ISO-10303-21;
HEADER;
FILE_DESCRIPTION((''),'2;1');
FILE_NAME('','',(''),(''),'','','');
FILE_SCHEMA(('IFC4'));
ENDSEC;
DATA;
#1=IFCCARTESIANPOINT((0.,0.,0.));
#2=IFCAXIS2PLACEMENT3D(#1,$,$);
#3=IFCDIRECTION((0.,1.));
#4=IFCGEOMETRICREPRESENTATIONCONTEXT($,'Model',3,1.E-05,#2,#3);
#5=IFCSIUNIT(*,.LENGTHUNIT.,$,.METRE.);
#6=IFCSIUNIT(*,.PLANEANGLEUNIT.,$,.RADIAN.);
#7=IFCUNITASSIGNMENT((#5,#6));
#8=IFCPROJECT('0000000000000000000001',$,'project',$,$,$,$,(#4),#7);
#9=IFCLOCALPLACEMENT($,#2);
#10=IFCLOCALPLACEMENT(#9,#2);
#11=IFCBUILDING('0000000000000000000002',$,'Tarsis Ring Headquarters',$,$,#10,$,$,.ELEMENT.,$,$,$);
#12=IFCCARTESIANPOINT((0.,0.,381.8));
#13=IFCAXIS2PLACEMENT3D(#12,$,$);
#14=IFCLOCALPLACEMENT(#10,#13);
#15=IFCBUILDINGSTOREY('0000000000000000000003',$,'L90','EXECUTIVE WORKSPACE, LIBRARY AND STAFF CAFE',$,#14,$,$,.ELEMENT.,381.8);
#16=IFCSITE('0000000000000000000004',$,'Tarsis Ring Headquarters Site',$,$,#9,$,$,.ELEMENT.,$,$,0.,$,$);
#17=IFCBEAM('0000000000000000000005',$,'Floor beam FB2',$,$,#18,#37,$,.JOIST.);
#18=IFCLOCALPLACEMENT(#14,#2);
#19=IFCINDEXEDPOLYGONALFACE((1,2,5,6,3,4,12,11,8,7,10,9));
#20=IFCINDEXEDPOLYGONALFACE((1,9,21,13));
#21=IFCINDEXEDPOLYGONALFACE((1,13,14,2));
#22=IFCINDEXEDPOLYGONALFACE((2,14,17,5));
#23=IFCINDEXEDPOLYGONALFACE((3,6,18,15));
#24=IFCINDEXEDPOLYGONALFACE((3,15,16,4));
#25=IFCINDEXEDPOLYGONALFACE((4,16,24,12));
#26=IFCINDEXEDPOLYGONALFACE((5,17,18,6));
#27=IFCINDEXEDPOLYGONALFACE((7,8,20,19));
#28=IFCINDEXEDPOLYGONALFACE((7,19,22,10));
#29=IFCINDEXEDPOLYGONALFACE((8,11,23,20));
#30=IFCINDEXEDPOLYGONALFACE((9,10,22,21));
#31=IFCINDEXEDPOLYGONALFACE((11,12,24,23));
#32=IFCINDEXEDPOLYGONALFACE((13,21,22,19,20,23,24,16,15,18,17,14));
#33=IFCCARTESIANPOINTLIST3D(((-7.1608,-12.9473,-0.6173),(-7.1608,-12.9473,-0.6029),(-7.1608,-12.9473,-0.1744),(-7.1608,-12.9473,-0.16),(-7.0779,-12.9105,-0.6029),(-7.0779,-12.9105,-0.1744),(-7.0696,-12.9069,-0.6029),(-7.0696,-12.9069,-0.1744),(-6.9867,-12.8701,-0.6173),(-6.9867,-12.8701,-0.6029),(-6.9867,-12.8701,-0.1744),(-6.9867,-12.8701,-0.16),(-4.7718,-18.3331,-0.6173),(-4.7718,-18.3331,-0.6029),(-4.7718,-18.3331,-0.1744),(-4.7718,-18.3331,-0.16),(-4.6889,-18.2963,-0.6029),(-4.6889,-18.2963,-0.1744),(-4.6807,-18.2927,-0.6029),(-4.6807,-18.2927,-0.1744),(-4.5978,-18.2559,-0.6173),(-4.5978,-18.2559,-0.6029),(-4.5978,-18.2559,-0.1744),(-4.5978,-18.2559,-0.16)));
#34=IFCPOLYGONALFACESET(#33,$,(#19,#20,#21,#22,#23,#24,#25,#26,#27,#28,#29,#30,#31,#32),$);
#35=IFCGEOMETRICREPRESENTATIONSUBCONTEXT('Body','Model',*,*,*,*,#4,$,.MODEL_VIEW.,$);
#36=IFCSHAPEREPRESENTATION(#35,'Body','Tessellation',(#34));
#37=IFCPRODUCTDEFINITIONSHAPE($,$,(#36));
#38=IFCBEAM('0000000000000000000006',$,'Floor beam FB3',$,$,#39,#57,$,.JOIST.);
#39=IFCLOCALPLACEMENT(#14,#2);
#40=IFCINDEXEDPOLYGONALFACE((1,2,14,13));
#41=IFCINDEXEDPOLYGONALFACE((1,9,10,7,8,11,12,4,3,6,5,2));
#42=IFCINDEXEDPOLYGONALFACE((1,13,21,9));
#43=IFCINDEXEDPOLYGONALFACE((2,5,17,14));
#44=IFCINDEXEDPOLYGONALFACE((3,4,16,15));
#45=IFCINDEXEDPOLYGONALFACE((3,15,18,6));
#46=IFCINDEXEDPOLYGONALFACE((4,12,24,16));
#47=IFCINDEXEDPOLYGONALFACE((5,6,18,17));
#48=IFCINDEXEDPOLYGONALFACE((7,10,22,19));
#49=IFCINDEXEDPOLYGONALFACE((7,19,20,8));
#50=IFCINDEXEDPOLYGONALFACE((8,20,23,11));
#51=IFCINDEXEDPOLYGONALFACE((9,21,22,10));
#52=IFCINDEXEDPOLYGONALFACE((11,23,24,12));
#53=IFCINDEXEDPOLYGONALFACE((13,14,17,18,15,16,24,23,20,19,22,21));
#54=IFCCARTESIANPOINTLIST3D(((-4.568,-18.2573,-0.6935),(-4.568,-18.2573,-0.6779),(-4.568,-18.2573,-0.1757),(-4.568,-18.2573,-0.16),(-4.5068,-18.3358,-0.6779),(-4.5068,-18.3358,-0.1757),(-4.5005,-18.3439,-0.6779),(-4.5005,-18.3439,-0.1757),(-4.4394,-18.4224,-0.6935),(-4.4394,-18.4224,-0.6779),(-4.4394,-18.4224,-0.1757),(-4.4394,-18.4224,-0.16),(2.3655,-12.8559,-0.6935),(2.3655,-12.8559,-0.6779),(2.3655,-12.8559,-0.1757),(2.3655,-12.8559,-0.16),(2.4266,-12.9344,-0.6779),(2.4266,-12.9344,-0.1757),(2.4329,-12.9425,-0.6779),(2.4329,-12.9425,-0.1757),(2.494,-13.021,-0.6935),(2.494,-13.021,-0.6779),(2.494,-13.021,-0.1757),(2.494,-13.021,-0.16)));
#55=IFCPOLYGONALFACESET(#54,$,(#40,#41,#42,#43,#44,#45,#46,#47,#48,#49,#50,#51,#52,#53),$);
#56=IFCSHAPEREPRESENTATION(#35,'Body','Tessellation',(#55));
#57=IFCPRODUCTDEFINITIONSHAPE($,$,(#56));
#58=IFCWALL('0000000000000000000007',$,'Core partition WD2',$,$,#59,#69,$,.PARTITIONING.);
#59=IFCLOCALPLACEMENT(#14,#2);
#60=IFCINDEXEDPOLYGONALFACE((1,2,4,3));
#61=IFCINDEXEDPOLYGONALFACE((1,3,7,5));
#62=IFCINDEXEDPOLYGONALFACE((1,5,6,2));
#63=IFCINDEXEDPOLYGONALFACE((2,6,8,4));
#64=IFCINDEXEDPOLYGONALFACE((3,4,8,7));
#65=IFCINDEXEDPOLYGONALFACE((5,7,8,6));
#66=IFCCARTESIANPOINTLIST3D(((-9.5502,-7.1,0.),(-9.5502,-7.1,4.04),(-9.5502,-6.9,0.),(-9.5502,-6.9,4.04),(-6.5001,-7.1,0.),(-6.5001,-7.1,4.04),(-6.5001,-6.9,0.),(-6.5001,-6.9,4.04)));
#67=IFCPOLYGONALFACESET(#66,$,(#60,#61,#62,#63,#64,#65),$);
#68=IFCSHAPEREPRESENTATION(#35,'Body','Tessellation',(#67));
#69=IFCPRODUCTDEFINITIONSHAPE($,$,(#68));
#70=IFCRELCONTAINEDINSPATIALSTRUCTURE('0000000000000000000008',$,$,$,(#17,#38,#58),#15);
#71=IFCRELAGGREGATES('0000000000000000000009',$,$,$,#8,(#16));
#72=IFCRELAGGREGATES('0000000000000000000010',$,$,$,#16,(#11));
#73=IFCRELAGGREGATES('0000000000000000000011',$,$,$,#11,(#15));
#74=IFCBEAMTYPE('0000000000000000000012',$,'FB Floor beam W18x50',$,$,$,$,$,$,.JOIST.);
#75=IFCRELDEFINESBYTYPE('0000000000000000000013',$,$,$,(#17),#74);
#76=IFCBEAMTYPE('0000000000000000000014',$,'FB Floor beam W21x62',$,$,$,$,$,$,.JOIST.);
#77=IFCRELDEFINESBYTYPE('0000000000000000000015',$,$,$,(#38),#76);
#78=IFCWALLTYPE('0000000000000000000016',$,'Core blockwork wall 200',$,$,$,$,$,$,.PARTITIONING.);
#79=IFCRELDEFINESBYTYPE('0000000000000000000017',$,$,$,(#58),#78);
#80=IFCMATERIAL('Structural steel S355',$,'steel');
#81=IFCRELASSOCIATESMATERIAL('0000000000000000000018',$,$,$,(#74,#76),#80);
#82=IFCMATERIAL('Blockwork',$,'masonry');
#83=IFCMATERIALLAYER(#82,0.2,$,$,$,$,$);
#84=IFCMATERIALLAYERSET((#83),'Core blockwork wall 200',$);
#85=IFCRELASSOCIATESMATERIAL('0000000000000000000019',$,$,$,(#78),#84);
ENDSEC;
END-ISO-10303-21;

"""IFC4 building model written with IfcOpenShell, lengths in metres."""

from ifc_helpers import new_model, si_unit, direction, frame, frame_2d, origin, origin_2d, place, context, subcontext, project, spatial, rectangle, i_section, extrude, material, layer, layer_set, material_profile, profile_set, type_object, element, save


model = new_model("IFC4")

# Units and contexts
model_context = context("Model", 3, precision=1e-05, world=origin(), true_north=direction((0.0, 1.0)))
body_context = subcontext(model_context, "Body", "Model", "MODEL_VIEW")
ifc_project = project(units=[si_unit("LENGTHUNIT", "METRE"), si_unit("PLANEANGLEUNIT", "RADIAN")], contexts=[model_context])

# Site, building, storey
site_placement = place(None, origin())
site = spatial("IfcSite", under=ifc_project, at=site_placement, Name="Tarsis Ring Headquarters Site", CompositionType="ELEMENT", RefElevation=0.0)
building_placement = place(site_placement, origin())
building = spatial("IfcBuilding", under=site, at=building_placement, Name="Tarsis Ring Headquarters", CompositionType="ELEMENT")
storey_placement = place(building_placement, frame((0.0, 0.0, 381.8)))
storey = spatial("IfcBuildingStorey", under=building, at=storey_placement, Name="L90", Description="EXECUTIVE WORKSPACE, LIBRARY AND STAFF CAFE", CompositionType="ELEMENT", Elevation=381.8)

# Beams
ifc_material_1 = material(Name="Structural steel S355", Category="steel")
ifc_material_profile_1 = material_profile(ifc_material_1, i_section(OverallWidth=0.1904, OverallDepth=0.4573, WebThickness=0.009, FlangeThickness=0.0144, at=origin_2d()), Name="W18x50")
ifc_profile_set_1 = profile_set([ifc_material_profile_1], Name="Structural steel S355")
beam_type_1 = type_object("IfcBeamType", Name="FB Floor beam W18x50", PredefinedType="JOIST", material=ifc_profile_set_1)
beam_1_placement = place(storey_placement, frame((-7.0737, -12.9087, -0.3887), z_axis=(0.405466, -0.91411, 0.0), x_axis=(0.91411, 0.405466, 0.0)))
element("IfcBeam", 1, at=beam_1_placement, inside=storey, type_object=beam_type_1, Name="Floor beam FB2", PredefinedType="JOIST", context=body_context, shape_type="SweptSolid", body=[
    extrude(i_section(OverallWidth=0.1904, OverallDepth=0.4573, WebThickness=0.009, FlangeThickness=0.0144, at=origin_2d()), origin(), (0.0, 0.0, 1.0), 5.8918),
])
ifc_material_profile_2 = material_profile(ifc_material_1, i_section(OverallWidth=0.2092, OverallDepth=0.5334, WebThickness=0.0103, FlangeThickness=0.0156, at=origin_2d()), Name="W21x62")
ifc_profile_set_2 = profile_set([ifc_material_profile_2], Name="Structural steel S355")
beam_type_2 = type_object("IfcBeamType", Name="FB Floor beam W21x62", PredefinedType="JOIST", material=ifc_profile_set_2)
beam_2_placement = place(storey_placement, frame((-4.5037, -18.3398, -0.4268), z_axis=(0.788869, 0.614562, 0.0), x_axis=(-0.614562, 0.788869, 0.0)))
element("IfcBeam", 2, at=beam_2_placement, inside=storey, type_object=beam_type_2, Name="Floor beam FB3", PredefinedType="JOIST", context=body_context, shape_type="SweptSolid", body=[
    extrude(i_section(OverallWidth=0.2092, OverallDepth=0.5334, WebThickness=0.0103, FlangeThickness=0.0156, at=origin_2d()), origin(), (0.0, 0.0, 1.0), 8.7891),
])

# Wall
ifc_material_2 = material(Name="Blockwork", Category="masonry")
ifc_layer_1 = layer(ifc_material_2, 0.2)
ifc_layer_set_1 = layer_set([ifc_layer_1], Name="Core blockwork wall 200")
wall_type_1 = type_object("IfcWallType", Name="Core blockwork wall 200", PredefinedType="PARTITIONING", material=ifc_layer_set_1)
wall_1_placement = place(storey_placement, frame((-9.55, -7.0, 0.0), z_axis=(0.0, 0.0, 1.0), x_axis=(1.0, 0.0, 0.0)))
element("IfcWall", 3, at=wall_1_placement, inside=storey, type_object=wall_type_1, Name="Core partition WD2", PredefinedType="PARTITIONING", context=body_context, shape_type="SweptSolid", body=[
    extrude(rectangle(XDim=3.05, YDim=0.2, at=frame_2d((1.5249, 0.0))), origin(), (0.0, 0.0, 1.0), 4.04),
])

save(model, "model.ifc")
